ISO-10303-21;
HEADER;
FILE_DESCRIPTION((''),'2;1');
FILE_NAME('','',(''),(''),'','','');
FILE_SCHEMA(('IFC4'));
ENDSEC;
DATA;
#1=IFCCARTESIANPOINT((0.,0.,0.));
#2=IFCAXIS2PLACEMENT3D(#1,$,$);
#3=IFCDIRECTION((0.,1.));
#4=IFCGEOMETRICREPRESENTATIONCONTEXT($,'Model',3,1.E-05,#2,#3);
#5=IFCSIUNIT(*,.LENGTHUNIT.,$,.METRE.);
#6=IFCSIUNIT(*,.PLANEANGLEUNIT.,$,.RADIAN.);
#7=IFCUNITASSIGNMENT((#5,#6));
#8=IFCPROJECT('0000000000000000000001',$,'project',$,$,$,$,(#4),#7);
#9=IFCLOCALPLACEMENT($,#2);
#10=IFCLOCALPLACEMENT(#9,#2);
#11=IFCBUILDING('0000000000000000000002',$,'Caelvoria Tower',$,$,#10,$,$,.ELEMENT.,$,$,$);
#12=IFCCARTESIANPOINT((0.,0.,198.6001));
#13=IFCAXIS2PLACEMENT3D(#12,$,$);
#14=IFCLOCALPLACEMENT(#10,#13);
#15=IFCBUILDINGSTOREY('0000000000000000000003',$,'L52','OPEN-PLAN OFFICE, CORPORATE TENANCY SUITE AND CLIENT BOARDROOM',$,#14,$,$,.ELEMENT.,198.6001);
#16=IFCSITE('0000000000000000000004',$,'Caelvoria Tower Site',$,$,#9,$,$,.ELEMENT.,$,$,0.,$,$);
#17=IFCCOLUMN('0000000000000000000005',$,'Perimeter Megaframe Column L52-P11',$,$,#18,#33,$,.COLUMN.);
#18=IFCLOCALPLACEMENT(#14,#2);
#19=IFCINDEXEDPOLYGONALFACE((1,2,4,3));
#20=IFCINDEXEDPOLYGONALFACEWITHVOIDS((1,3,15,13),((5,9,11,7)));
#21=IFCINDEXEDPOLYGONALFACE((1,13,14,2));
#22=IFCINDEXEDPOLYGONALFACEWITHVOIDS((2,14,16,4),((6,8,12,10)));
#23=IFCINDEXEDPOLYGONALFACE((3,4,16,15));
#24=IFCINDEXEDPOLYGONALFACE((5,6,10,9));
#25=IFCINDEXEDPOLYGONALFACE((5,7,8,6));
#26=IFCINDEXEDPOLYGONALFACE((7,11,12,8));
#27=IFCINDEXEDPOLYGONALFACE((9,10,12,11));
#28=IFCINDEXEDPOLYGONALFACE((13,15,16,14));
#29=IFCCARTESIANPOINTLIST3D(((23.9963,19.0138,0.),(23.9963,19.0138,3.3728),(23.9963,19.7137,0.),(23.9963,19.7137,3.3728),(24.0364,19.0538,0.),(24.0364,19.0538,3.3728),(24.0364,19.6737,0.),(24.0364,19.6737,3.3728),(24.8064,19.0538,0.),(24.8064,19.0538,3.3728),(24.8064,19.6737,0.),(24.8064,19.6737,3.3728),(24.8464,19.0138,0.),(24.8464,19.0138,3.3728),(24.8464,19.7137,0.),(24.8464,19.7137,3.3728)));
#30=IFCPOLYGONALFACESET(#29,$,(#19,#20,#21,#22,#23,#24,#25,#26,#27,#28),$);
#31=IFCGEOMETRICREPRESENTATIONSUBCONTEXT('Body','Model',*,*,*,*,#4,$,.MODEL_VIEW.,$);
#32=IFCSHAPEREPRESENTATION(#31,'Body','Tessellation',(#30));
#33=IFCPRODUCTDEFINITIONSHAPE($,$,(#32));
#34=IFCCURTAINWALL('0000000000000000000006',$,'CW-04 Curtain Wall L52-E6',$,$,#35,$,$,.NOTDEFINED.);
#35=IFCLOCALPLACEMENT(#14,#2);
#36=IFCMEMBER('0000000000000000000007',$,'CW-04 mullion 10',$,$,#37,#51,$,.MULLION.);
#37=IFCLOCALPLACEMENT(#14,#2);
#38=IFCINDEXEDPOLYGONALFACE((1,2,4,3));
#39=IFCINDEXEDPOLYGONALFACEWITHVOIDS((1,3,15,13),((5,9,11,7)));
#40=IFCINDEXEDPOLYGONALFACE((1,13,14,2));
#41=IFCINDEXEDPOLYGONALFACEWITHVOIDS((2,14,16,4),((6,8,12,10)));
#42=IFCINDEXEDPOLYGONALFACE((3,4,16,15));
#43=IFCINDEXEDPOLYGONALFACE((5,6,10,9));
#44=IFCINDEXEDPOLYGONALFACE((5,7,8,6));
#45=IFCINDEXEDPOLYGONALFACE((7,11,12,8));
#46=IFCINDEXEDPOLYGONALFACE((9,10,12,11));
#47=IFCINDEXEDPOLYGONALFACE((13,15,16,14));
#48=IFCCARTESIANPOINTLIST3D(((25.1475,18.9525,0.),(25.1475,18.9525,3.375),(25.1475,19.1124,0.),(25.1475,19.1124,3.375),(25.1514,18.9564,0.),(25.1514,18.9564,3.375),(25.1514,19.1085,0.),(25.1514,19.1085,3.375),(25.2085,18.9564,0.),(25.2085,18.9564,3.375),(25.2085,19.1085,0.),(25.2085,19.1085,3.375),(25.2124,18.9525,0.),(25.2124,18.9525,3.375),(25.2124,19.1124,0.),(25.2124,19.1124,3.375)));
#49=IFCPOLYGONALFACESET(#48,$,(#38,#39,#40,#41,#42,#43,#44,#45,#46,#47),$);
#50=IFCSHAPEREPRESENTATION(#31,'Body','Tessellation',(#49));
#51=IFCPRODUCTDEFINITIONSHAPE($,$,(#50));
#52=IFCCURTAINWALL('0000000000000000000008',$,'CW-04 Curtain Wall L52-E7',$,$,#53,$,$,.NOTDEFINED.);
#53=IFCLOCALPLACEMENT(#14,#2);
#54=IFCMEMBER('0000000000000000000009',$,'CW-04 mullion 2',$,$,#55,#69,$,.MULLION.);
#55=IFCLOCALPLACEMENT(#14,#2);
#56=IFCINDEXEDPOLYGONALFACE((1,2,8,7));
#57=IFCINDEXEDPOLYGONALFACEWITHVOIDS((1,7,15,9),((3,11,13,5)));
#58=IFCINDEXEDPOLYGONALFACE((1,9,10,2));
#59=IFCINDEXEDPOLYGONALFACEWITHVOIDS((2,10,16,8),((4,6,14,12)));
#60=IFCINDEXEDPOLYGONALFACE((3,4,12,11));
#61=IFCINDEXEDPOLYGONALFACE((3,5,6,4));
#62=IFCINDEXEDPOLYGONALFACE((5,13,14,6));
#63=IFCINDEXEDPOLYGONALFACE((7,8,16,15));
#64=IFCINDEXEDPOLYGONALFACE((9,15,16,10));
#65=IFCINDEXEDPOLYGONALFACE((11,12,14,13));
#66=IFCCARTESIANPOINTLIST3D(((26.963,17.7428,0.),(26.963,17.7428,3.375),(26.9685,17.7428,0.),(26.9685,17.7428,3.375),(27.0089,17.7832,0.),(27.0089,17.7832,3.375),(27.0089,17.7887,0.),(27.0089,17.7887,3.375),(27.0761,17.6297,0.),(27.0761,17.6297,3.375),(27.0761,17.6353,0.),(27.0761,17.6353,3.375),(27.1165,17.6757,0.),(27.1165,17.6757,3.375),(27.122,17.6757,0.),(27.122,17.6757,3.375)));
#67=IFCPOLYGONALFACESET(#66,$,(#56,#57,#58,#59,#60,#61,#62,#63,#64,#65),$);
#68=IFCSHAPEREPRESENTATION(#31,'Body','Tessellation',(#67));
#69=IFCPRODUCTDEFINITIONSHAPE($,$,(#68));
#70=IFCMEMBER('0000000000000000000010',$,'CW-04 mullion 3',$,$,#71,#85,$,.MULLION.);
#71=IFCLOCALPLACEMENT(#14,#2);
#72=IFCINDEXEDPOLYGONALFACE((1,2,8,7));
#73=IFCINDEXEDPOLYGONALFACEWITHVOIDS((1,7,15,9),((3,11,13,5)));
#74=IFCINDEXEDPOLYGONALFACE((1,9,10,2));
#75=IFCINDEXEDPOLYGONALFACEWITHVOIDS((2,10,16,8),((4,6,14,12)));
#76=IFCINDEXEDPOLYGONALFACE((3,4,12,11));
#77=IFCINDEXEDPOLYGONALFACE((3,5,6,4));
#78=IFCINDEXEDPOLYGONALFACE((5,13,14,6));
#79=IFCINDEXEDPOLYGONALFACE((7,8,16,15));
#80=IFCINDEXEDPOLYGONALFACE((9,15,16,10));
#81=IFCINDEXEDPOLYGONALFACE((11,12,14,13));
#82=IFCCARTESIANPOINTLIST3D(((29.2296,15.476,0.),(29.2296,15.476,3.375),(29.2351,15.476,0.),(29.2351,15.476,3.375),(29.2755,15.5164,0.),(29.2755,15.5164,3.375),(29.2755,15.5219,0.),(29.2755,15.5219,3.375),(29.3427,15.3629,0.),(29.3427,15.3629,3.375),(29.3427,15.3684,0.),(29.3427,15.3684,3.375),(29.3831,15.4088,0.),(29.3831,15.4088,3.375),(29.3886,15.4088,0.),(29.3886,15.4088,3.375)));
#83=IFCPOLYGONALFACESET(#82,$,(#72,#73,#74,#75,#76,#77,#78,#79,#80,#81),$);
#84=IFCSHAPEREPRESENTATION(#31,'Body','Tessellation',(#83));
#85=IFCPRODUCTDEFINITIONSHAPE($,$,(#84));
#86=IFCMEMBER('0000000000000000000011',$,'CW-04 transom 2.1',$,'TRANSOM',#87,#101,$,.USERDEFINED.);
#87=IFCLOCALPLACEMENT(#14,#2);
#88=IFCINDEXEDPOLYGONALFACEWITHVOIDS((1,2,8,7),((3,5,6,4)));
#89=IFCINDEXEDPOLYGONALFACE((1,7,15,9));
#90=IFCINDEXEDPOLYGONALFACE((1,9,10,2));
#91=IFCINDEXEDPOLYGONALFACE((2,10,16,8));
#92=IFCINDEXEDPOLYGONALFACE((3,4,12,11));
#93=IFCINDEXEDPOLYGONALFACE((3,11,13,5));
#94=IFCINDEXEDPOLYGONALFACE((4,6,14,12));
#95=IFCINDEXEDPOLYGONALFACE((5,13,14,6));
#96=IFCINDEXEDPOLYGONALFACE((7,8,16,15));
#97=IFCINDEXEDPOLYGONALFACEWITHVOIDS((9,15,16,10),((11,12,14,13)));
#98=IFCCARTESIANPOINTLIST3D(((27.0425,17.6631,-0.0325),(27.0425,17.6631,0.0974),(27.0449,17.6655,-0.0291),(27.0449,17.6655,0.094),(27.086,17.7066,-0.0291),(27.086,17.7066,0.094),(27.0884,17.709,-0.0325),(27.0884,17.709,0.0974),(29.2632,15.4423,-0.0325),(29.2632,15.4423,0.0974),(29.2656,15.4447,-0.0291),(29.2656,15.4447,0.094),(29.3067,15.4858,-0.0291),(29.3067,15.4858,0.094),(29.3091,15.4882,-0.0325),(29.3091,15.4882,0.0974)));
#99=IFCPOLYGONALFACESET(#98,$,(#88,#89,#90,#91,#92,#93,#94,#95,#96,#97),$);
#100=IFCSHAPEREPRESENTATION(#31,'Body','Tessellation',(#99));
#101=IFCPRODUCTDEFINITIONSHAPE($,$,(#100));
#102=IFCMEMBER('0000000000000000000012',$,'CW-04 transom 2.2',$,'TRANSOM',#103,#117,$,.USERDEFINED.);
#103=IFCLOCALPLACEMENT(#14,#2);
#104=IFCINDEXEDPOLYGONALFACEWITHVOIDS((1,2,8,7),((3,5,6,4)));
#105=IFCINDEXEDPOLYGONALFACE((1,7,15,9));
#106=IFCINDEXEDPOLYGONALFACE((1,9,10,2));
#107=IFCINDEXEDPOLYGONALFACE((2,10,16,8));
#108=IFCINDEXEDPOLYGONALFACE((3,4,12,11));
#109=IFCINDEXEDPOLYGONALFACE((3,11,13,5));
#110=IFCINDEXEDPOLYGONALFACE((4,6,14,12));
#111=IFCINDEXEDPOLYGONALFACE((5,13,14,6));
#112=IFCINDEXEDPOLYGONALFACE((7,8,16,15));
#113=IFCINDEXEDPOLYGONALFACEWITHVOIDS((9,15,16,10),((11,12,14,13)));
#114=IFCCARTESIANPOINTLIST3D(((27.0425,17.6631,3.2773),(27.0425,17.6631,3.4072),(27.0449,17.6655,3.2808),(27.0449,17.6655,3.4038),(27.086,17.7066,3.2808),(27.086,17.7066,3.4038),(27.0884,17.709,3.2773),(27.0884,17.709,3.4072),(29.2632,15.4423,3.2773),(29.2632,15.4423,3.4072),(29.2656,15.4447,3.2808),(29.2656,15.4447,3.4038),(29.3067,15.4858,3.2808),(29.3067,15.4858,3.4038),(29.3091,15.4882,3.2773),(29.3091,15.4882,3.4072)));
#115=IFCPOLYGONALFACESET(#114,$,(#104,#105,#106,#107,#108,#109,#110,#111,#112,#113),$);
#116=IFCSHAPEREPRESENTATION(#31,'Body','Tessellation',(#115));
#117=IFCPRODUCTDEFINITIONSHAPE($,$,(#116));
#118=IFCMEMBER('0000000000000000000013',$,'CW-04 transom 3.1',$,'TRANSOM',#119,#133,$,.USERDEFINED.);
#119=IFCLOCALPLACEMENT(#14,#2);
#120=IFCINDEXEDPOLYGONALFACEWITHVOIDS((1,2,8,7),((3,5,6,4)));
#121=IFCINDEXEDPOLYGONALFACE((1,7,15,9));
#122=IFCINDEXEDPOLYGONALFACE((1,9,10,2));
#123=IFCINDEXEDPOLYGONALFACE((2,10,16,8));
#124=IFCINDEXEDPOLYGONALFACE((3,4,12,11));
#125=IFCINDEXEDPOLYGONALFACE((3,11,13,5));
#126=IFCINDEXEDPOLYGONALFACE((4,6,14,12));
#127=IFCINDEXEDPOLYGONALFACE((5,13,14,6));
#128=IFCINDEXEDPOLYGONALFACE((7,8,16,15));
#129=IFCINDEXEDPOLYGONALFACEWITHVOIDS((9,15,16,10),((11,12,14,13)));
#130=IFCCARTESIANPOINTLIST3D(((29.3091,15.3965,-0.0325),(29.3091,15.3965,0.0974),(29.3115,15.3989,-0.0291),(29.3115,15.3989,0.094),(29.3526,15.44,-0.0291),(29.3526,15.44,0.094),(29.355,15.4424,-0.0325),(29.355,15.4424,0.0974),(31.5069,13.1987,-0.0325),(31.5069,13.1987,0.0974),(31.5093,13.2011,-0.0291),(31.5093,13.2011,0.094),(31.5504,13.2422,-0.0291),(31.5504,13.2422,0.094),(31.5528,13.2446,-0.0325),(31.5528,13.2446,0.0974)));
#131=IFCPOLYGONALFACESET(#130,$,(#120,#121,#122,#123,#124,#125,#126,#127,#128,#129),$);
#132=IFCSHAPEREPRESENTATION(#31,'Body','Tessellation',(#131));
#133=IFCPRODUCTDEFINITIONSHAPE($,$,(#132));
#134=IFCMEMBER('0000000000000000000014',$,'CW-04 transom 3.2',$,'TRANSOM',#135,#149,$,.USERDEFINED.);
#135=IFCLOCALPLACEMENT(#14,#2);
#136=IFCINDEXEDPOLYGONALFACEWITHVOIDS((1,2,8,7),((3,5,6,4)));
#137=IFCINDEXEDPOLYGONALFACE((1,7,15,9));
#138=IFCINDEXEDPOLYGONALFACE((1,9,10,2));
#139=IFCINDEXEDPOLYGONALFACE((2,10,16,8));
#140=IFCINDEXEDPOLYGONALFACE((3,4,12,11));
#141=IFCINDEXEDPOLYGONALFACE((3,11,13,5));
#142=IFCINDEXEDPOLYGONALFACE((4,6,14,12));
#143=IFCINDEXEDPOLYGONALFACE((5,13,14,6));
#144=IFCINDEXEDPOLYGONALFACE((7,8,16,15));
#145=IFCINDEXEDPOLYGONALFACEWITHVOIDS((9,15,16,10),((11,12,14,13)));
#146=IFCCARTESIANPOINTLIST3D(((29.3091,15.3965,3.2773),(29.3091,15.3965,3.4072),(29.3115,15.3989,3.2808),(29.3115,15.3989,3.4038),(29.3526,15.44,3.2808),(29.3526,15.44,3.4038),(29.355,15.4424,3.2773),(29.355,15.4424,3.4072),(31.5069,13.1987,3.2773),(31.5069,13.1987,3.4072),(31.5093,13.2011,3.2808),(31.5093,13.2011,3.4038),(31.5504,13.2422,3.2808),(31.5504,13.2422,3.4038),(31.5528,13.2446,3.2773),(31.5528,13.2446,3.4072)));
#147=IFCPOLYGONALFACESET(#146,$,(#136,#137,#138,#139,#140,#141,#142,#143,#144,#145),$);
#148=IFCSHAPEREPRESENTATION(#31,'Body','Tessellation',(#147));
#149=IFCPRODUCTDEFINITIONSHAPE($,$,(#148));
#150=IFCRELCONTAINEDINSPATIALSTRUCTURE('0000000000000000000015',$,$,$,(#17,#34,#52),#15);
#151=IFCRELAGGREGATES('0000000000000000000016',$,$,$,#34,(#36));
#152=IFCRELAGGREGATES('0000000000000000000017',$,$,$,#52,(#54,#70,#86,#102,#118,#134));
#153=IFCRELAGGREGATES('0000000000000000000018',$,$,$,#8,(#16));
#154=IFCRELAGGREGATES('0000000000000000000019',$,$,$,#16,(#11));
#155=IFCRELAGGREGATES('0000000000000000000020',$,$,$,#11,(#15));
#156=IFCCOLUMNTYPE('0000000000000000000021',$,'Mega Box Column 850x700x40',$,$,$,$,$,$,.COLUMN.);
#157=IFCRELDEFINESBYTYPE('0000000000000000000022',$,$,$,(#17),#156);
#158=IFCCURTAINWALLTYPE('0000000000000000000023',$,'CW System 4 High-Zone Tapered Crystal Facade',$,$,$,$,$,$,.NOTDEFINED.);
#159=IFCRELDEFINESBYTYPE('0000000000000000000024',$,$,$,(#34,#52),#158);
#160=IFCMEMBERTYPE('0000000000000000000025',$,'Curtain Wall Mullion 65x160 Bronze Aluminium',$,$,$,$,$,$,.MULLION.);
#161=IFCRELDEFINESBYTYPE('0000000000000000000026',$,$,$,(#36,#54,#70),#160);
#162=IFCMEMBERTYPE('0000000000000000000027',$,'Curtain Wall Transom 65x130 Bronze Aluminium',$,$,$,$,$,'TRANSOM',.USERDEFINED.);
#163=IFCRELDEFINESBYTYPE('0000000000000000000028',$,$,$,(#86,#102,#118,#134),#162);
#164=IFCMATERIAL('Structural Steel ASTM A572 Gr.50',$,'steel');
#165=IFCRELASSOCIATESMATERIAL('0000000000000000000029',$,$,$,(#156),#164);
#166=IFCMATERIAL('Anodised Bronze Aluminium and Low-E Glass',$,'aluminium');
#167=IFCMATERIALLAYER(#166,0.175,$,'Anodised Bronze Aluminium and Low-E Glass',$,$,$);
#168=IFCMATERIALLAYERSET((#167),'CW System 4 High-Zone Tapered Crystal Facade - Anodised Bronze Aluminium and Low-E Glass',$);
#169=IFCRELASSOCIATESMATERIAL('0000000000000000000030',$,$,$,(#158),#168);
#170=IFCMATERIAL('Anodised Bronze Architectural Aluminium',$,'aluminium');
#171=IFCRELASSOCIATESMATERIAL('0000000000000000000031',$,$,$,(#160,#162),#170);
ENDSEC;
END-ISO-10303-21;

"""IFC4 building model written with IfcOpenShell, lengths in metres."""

from ifc_helpers import new_model, si_unit, direction, frame, origin, origin_2d, place, context, subcontext, project, spatial, hollow_rectangle, extrude, material, layer, layer_set, material_profile, profile_set, type_object, element, aggregate, save


model = new_model("IFC4")

# Units and contexts
model_context = context("Model", 3, precision=1e-05, world=origin(), true_north=direction((0.0, 1.0)))
body_context = subcontext(model_context, "Body", "Model", "MODEL_VIEW")
ifc_project = project(units=[si_unit("LENGTHUNIT", "METRE"), si_unit("PLANEANGLEUNIT", "RADIAN")], contexts=[model_context])

# Site, building, storey
site_placement = place(None, origin())
site = spatial("IfcSite", under=ifc_project, at=site_placement, Name="Caelvoria Tower Site", CompositionType="ELEMENT", RefElevation=0.0)
building_placement = place(site_placement, origin())
building = spatial("IfcBuilding", under=site, at=building_placement, Name="Caelvoria Tower", CompositionType="ELEMENT")
storey_placement = place(building_placement, frame((0.0, 0.0, 198.6001)))
storey = spatial("IfcBuildingStorey", under=building, at=storey_placement, Name="L52", Description="OPEN-PLAN OFFICE, CORPORATE TENANCY SUITE AND CLIENT BOARDROOM", CompositionType="ELEMENT", Elevation=198.6001)

# Column
ifc_material_1 = material(Name="Structural Steel ASTM A572 Gr.50", Category="steel")
ifc_material_profile_1 = material_profile(ifc_material_1, hollow_rectangle(XDim=0.7, YDim=0.8501, WallThickness=0.04, at=origin_2d()), Name="Structural Steel ASTM A572 Gr.50")
ifc_profile_set_1 = profile_set([ifc_material_profile_1], Name="BOX850X700X40 - Structural Steel ASTM A572 Gr.50")
column_type = type_object("IfcColumnType", Name="Mega Box Column 850x700x40", PredefinedType="COLUMN", material=ifc_profile_set_1)
column_placement = place(storey_placement, frame((24.4214, 19.3638, 0.0), z_axis=(0.0, 0.0, 1.0), x_axis=(0.0, 1.0, 0.0)))
element("IfcColumn", 1, at=column_placement, inside=storey, type_object=column_type, Name="Perimeter Megaframe Column L52-P11", PredefinedType="COLUMN", context=body_context, shape_type="SweptSolid", body=[
    extrude(hollow_rectangle(XDim=0.7, YDim=0.8501, WallThickness=0.04, at=origin_2d()), origin(), (0.0, 0.0, 1.0), 3.3728),
])

# Curtain wall, member
ifc_material_2 = material(Name="Anodised Bronze Aluminium and Low-E Glass", Category="aluminium")
ifc_layer_1 = layer(ifc_material_2, 0.175, Name="Anodised Bronze Aluminium and Low-E Glass")
ifc_layer_set_1 = layer_set([ifc_layer_1], Name="CW System 4 High-Zone Tapered Crystal Facade - Anodised Bronze Aluminium and Low-E Glass")
curtain_wall_type = type_object("IfcCurtainWallType", Name="CW System 4 High-Zone Tapered Crystal Facade", PredefinedType="NOTDEFINED", material=ifc_layer_set_1)
curtain_wall_1_placement = place(storey_placement, origin())
curtain_wall_1 = element("IfcCurtainWall", 2, at=curtain_wall_1_placement, inside=storey, type_object=curtain_wall_type, Name="CW-04 Curtain Wall L52-E6", PredefinedType="NOTDEFINED")
ifc_material_3 = material(Name="Anodised Bronze Architectural Aluminium", Category="aluminium")
ifc_material_profile_2 = material_profile(ifc_material_3, hollow_rectangle(XDim=0.0649, YDim=0.1599, WallThickness=0.0039, at=origin_2d()), Name="Anodised Bronze Architectural Aluminium")
ifc_profile_set_2 = profile_set([ifc_material_profile_2], Name="CW_MULL_65X160 - Anodised Bronze Architectural Aluminium")
member_type_1 = type_object("IfcMemberType", Name="Curtain Wall Mullion 65x160 Bronze Aluminium", PredefinedType="MULLION", material=ifc_profile_set_2)
member_1_placement = place(storey_placement, frame((25.1799, 19.0325, 0.0), z_axis=(0.0, 0.0, 1.0), x_axis=(1.0, 0.0, 0.0)))
member_1 = element("IfcMember", 3, at=member_1_placement, type_object=member_type_1, Name="CW-04 mullion 10", PredefinedType="MULLION", context=body_context, shape_type="SweptSolid", body=[
    extrude(hollow_rectangle(XDim=0.0649, YDim=0.1599, WallThickness=0.0039, at=origin_2d()), origin(), (0.0, 0.0, 1.0), 3.375),
])
aggregate(curtain_wall_1, [member_1])

# Curtain wall, members
curtain_wall_2_placement = place(storey_placement, origin())
curtain_wall_2 = element("IfcCurtainWall", 4, at=curtain_wall_2_placement, inside=storey, type_object=curtain_wall_type, Name="CW-04 Curtain Wall L52-E7", PredefinedType="NOTDEFINED")
member_2_placement = place(storey_placement, frame((27.0425, 17.7092, 0.0), z_axis=(0.0, 0.0, 1.0), x_axis=(0.707107, 0.707107, 0.0)))
member_2 = element("IfcMember", 5, at=member_2_placement, type_object=member_type_1, Name="CW-04 mullion 2", PredefinedType="MULLION", context=body_context, shape_type="SweptSolid", body=[
    extrude(hollow_rectangle(XDim=0.0649, YDim=0.1599, WallThickness=0.0039, at=origin_2d()), origin(), (0.0, 0.0, 1.0), 3.375),
])
member_3_placement = place(storey_placement, frame((29.3091, 15.4424, 0.0), z_axis=(0.0, 0.0, 1.0), x_axis=(0.707107, 0.707107, 0.0)))
member_3 = element("IfcMember", 6, at=member_3_placement, type_object=member_type_1, Name="CW-04 mullion 3", PredefinedType="MULLION", context=body_context, shape_type="SweptSolid", body=[
    extrude(hollow_rectangle(XDim=0.0649, YDim=0.1599, WallThickness=0.0039, at=origin_2d()), origin(), (0.0, 0.0, 1.0), 3.375),
])
ifc_material_profile_3 = material_profile(ifc_material_3, hollow_rectangle(XDim=0.0649, YDim=0.1299, WallThickness=0.0034, at=origin_2d()), Name="Anodised Bronze Architectural Aluminium")
ifc_profile_set_3 = profile_set([ifc_material_profile_3], Name="CW_TRAN_65X130 - Anodised Bronze Architectural Aluminium")
member_type_2 = type_object("IfcMemberType", Name="Curtain Wall Transom 65x130 Bronze Aluminium", ElementType="TRANSOM", PredefinedType="USERDEFINED", material=ifc_profile_set_3)
member_4_placement = place(storey_placement, frame((27.0654, 17.686, 0.0325), z_axis=(0.707107, -0.707107, 0.0), x_axis=(0.707107, 0.707107, 0.0)))
member_4 = element("IfcMember", 7, at=member_4_placement, type_object=member_type_2, Name="CW-04 transom 2.1", ObjectType="TRANSOM", PredefinedType="USERDEFINED", context=body_context, shape_type="SweptSolid", body=[
    extrude(hollow_rectangle(XDim=0.0649, YDim=0.1299, WallThickness=0.0034, at=origin_2d()), origin(), (0.0, 0.0, 1.0), 3.1406),
])
member_5_placement = place(storey_placement, frame((27.0654, 17.686, 3.3423), z_axis=(0.707107, -0.707107, 0.0), x_axis=(0.707107, 0.707107, 0.0)))
member_5 = element("IfcMember", 8, at=member_5_placement, type_object=member_type_2, Name="CW-04 transom 2.2", ObjectType="TRANSOM", PredefinedType="USERDEFINED", context=body_context, shape_type="SweptSolid", body=[
    extrude(hollow_rectangle(XDim=0.0649, YDim=0.1299, WallThickness=0.0034, at=origin_2d()), origin(), (0.0, 0.0, 1.0), 3.1406),
])
member_6_placement = place(storey_placement, frame((29.332, 15.4194, 0.0325), z_axis=(0.707107, -0.707107, 0.0), x_axis=(0.707107, 0.707107, 0.0)))
member_6 = element("IfcMember", 9, at=member_6_placement, type_object=member_type_2, Name="CW-04 transom 3.1", ObjectType="TRANSOM", PredefinedType="USERDEFINED", context=body_context, shape_type="SweptSolid", body=[
    extrude(hollow_rectangle(XDim=0.0649, YDim=0.1299, WallThickness=0.0034, at=origin_2d()), origin(), (0.0, 0.0, 1.0), 3.1082),
])
member_7_placement = place(storey_placement, frame((29.332, 15.4194, 3.3423), z_axis=(0.707107, -0.707107, 0.0), x_axis=(0.707107, 0.707107, 0.0)))
member_7 = element("IfcMember", 10, at=member_7_placement, type_object=member_type_2, Name="CW-04 transom 3.2", ObjectType="TRANSOM", PredefinedType="USERDEFINED", context=body_context, shape_type="SweptSolid", body=[
    extrude(hollow_rectangle(XDim=0.0649, YDim=0.1299, WallThickness=0.0034, at=origin_2d()), origin(), (0.0, 0.0, 1.0), 3.1082),
])

aggregate(curtain_wall_2, [member_2, member_3, member_4, member_5, member_6, member_7])

save(model, "model.ifc")
